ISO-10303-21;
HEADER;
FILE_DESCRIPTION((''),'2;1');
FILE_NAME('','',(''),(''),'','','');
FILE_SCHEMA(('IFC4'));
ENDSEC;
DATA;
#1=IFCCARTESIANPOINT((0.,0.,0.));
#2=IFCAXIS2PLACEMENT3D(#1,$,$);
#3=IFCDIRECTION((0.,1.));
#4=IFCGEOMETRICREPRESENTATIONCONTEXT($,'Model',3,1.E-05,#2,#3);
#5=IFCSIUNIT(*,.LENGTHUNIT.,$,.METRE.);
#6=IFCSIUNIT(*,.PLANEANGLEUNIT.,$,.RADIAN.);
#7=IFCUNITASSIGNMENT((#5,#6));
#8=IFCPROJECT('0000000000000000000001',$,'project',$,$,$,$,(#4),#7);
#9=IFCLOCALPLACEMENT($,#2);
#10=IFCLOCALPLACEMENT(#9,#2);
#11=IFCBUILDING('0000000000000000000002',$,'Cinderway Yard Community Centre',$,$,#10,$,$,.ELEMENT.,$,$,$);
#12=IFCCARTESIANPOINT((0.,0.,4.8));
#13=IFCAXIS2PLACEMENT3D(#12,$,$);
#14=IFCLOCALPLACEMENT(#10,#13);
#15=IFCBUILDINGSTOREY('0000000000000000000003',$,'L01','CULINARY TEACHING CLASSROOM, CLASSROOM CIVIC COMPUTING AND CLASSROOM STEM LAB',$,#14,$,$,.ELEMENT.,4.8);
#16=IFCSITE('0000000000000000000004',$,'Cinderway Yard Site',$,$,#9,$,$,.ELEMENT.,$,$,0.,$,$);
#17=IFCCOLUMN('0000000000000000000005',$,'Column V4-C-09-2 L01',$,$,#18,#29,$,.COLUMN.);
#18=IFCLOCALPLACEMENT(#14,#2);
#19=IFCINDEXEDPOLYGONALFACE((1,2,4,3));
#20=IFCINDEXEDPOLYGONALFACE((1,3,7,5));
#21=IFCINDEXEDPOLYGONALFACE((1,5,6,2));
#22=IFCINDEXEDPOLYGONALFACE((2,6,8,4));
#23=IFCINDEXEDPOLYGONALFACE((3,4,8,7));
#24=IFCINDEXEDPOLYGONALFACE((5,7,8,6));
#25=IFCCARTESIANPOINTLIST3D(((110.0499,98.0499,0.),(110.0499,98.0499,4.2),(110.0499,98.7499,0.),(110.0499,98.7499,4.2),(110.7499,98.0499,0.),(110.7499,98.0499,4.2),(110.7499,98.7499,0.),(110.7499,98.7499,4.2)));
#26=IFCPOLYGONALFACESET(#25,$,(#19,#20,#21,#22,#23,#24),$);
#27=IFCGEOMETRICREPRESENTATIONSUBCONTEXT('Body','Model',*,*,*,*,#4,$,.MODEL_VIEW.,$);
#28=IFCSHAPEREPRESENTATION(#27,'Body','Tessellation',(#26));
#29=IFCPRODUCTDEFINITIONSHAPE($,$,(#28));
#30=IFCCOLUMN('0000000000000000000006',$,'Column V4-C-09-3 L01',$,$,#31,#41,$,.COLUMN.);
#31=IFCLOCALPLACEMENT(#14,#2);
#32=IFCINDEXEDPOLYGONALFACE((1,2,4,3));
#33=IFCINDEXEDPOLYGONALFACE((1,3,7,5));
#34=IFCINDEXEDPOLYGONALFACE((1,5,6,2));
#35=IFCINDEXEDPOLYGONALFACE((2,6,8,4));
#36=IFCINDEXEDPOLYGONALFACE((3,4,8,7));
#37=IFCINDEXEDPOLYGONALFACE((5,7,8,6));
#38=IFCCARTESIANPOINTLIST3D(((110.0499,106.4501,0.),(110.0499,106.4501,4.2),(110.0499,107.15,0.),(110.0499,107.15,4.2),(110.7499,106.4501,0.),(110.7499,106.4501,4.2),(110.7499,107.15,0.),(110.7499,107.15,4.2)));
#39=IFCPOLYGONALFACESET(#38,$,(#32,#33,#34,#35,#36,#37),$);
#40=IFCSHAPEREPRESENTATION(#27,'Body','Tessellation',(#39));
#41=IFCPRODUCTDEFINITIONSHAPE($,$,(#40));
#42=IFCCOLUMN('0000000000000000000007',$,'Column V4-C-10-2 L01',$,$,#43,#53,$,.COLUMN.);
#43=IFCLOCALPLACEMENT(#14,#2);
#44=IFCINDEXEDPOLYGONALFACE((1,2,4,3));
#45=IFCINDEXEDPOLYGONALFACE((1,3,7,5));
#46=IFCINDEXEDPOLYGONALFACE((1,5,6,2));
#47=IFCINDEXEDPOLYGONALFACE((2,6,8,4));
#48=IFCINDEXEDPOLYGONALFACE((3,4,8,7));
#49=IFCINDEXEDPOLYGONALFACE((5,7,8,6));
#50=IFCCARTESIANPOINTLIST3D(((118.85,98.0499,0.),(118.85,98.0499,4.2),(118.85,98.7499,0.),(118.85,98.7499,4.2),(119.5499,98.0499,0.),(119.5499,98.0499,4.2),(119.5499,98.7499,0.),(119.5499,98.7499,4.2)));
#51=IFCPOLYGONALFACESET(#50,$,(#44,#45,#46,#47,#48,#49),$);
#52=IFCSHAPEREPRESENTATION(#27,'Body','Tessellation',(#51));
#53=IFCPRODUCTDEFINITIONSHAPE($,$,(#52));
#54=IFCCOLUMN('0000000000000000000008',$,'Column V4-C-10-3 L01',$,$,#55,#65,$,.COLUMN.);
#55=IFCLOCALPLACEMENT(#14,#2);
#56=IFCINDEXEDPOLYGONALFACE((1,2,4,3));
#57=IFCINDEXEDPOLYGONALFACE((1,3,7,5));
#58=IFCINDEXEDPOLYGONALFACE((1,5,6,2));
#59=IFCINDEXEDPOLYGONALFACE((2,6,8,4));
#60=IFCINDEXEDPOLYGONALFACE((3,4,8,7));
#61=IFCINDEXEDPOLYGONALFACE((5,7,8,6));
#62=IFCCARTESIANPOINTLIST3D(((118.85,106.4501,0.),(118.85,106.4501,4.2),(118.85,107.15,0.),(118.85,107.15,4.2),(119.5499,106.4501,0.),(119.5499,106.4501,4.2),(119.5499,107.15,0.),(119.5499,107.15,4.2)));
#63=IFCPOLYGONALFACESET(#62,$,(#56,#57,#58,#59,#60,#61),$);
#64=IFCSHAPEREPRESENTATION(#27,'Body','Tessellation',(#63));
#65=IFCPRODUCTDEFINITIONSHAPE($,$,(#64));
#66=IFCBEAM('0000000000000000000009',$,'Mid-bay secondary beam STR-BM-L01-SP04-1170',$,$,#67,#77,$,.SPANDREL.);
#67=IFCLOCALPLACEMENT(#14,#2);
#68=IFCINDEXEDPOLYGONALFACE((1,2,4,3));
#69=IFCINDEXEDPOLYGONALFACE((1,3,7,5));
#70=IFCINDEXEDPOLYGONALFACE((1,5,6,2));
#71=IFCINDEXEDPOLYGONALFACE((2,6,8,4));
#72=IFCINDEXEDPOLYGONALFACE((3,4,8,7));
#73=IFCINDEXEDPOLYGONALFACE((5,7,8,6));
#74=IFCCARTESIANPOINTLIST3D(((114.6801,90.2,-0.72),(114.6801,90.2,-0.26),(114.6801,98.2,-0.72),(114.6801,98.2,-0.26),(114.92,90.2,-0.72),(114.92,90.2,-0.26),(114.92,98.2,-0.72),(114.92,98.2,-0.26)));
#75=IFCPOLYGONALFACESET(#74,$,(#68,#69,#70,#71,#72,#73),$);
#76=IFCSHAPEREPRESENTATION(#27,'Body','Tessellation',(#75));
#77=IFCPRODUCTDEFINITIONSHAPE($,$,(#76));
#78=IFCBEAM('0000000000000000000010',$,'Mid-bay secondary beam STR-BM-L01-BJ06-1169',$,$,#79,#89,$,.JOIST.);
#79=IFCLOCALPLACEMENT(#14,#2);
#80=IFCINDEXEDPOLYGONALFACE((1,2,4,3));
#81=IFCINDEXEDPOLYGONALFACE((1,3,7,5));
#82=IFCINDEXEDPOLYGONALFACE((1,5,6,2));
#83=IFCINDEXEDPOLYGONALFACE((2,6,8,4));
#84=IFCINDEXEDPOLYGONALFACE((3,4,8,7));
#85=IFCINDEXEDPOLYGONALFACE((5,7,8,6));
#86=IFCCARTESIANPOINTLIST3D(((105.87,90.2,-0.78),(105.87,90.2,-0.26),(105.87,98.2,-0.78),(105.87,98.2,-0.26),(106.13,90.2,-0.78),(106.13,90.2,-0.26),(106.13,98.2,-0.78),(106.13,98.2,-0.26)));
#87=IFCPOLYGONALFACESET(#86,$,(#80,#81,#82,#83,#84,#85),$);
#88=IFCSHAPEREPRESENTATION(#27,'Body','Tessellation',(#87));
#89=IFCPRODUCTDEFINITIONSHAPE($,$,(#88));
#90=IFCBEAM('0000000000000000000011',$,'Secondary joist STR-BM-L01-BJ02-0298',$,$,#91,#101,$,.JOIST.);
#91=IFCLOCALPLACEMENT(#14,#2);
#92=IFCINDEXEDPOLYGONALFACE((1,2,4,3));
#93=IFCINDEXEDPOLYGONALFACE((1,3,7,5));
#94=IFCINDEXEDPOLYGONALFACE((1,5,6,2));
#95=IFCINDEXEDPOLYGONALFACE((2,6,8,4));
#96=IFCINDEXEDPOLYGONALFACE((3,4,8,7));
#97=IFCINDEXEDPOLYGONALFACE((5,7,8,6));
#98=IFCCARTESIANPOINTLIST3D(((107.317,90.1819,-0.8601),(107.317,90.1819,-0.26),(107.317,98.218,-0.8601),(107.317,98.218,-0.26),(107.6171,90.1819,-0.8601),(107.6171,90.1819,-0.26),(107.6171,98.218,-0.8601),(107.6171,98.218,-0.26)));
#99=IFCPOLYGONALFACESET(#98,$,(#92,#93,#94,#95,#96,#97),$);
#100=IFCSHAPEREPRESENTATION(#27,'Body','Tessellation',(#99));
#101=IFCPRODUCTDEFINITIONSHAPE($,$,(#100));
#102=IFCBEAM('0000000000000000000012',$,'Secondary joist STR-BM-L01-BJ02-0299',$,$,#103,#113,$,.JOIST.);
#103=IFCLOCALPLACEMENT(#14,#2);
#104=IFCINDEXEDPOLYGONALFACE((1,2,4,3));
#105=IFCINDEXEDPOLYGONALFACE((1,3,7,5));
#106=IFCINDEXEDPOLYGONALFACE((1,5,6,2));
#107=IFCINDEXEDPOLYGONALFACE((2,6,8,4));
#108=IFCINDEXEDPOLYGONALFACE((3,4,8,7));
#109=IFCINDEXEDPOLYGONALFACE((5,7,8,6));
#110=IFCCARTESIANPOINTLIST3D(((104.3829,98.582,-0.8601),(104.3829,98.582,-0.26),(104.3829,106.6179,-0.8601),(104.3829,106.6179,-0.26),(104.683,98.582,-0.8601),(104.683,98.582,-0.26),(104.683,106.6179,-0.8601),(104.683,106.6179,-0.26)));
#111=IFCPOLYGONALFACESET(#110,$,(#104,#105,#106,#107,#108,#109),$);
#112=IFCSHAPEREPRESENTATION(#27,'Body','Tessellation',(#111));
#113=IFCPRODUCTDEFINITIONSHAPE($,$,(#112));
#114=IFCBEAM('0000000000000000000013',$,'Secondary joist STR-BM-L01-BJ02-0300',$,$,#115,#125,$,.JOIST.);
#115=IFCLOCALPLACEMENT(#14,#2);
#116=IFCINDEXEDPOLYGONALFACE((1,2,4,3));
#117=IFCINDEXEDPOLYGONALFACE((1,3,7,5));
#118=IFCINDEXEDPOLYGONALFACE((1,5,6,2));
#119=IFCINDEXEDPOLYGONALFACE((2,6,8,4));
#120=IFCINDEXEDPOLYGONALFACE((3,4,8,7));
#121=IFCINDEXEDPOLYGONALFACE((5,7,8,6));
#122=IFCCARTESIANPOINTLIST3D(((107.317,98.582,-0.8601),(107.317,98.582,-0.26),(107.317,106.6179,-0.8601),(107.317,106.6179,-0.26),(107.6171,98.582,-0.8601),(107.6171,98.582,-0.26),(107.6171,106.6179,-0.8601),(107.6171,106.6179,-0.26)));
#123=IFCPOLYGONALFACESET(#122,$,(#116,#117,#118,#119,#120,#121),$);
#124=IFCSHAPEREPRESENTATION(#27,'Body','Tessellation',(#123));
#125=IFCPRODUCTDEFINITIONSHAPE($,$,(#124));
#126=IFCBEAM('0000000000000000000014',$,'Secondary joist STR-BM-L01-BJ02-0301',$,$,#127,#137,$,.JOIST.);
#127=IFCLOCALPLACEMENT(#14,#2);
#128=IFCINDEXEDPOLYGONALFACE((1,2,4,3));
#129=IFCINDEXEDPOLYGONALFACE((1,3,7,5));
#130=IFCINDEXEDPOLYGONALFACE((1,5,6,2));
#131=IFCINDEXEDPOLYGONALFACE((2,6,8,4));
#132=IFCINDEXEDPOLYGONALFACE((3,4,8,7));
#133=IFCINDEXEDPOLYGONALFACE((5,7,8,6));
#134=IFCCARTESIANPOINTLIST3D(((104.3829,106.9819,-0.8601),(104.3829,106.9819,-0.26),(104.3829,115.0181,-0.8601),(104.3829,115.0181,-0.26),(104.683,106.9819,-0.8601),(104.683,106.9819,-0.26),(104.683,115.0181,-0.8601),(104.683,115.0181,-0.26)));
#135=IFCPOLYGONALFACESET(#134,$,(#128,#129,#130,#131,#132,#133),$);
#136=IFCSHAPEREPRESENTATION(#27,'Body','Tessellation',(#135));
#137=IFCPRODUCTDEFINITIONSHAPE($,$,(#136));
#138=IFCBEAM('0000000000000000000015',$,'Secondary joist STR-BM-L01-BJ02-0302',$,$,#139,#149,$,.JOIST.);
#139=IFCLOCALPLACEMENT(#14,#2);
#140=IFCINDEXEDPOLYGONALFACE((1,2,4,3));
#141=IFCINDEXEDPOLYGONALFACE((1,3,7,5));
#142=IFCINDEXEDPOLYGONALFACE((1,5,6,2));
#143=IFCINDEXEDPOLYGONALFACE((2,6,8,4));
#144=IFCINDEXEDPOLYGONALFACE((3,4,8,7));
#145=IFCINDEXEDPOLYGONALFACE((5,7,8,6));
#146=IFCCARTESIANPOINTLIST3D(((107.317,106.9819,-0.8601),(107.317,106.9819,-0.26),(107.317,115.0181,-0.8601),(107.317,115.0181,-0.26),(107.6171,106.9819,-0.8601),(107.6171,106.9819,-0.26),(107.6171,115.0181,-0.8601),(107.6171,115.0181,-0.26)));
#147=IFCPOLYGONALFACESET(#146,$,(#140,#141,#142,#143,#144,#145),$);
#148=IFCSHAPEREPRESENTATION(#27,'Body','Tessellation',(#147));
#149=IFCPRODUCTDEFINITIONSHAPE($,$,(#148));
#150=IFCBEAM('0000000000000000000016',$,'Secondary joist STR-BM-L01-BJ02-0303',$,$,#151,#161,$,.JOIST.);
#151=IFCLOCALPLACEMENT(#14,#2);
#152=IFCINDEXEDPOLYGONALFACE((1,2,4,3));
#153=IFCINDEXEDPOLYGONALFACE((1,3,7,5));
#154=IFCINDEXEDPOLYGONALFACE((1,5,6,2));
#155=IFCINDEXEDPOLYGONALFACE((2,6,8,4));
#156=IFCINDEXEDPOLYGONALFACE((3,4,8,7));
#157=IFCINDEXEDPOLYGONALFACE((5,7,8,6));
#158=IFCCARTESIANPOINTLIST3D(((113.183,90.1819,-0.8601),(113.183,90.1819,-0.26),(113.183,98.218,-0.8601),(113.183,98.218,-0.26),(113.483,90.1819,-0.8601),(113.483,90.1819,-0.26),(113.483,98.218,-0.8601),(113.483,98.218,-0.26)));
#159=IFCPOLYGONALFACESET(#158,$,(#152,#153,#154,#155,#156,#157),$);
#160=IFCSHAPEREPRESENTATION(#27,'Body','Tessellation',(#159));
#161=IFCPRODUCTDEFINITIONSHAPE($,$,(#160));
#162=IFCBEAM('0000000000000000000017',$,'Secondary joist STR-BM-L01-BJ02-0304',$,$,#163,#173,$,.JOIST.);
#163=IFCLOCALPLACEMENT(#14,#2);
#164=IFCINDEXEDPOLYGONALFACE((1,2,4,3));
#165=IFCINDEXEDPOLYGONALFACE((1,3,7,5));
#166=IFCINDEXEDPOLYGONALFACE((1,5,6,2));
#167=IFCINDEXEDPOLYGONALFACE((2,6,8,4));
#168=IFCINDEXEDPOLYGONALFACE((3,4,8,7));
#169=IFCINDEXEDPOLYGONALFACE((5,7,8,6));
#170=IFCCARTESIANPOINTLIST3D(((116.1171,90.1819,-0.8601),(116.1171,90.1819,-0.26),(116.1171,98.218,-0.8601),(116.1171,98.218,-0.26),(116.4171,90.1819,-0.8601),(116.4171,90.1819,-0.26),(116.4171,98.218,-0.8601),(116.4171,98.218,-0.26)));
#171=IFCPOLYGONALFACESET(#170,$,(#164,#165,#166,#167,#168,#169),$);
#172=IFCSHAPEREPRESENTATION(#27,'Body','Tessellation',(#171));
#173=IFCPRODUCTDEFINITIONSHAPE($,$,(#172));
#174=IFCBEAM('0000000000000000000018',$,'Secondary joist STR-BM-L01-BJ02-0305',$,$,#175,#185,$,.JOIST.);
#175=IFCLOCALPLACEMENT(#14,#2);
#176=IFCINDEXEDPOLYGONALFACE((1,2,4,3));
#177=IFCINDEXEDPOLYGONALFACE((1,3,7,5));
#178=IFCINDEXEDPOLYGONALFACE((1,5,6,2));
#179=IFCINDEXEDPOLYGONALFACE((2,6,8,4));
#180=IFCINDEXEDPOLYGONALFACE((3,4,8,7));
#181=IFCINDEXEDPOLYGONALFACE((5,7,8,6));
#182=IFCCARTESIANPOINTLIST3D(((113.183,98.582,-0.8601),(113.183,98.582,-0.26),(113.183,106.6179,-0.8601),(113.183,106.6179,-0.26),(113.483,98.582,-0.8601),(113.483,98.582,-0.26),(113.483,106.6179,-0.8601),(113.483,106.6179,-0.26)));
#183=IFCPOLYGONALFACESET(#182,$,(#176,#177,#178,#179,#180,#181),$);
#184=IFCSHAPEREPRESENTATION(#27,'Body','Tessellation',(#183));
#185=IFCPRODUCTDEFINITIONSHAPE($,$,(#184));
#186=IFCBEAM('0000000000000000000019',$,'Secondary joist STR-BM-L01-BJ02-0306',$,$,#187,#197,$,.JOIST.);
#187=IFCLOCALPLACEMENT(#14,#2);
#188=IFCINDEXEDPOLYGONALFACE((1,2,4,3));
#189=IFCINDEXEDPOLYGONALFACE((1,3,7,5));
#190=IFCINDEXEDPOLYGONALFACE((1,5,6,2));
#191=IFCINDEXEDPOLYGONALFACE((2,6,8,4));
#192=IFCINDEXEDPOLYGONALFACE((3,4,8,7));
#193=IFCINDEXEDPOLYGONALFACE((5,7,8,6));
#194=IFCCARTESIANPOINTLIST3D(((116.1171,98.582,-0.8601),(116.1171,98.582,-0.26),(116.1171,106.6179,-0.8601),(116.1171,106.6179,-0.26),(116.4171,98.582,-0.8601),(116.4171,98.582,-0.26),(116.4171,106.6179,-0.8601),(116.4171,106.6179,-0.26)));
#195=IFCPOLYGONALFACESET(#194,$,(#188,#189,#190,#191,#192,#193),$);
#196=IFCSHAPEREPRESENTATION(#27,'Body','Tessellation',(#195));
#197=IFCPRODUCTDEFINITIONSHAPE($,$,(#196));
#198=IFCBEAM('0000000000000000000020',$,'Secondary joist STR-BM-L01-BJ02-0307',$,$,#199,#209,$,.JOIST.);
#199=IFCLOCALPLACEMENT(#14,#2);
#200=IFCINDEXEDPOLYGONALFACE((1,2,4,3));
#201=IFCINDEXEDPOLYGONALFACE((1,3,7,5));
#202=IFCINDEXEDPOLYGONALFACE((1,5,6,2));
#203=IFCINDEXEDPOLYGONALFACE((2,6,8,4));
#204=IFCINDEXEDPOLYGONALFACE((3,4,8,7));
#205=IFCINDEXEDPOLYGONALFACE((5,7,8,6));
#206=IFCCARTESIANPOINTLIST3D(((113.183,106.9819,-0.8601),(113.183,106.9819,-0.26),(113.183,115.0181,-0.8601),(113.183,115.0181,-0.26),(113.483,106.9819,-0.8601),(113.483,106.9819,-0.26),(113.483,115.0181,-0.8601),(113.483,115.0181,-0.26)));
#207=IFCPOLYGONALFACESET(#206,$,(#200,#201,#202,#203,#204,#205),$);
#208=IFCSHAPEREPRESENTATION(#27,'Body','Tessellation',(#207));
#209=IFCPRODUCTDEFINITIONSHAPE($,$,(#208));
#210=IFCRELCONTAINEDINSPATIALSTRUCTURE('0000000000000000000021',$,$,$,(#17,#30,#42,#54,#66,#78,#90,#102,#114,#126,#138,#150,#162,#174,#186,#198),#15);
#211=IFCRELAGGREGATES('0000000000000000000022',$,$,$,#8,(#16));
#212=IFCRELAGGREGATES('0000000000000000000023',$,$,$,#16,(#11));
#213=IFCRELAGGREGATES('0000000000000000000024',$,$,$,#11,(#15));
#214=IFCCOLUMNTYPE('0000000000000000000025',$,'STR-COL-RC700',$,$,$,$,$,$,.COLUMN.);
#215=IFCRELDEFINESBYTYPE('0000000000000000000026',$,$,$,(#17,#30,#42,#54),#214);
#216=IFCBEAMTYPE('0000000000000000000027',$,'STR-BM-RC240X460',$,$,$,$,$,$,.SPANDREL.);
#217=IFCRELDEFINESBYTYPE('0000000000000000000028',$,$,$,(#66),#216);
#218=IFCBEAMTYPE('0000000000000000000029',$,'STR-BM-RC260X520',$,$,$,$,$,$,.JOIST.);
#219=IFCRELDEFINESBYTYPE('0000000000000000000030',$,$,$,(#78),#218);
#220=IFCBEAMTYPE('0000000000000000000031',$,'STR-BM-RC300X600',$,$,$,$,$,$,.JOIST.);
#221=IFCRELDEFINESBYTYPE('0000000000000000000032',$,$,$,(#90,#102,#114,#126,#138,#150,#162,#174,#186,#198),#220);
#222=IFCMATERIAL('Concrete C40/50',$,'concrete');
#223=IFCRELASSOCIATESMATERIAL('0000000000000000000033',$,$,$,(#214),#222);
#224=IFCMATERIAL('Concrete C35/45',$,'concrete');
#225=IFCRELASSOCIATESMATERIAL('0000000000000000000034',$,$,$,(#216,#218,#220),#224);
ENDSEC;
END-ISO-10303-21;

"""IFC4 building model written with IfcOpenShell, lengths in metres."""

from ifc_helpers import new_model, si_unit, direction, frame, origin, origin_2d, place, context, subcontext, project, spatial, rectangle, extrude, material, material_profile, profile_set, type_object, element, save


model = new_model("IFC4")

# Units and contexts
model_context = context("Model", 3, precision=1e-05, world=origin(), true_north=direction((0.0, 1.0)))
body_context = subcontext(model_context, "Body", "Model", "MODEL_VIEW")
ifc_project = project(units=[si_unit("LENGTHUNIT", "METRE"), si_unit("PLANEANGLEUNIT", "RADIAN")], contexts=[model_context])

# Site, building, storey
site_placement = place(None, origin())
site = spatial("IfcSite", under=ifc_project, at=site_placement, Name="Cinderway Yard Site", CompositionType="ELEMENT", RefElevation=0.0)
building_placement = place(site_placement, origin())
building = spatial("IfcBuilding", under=site, at=building_placement, Name="Cinderway Yard Community Centre", CompositionType="ELEMENT")
storey_placement = place(building_placement, frame((0.0, 0.0, 4.8)))
storey = spatial("IfcBuildingStorey", under=building, at=storey_placement, Name="L01", Description="CULINARY TEACHING CLASSROOM, CLASSROOM CIVIC COMPUTING AND CLASSROOM STEM LAB", CompositionType="ELEMENT", Elevation=4.8)

# Columns
ifc_material_1 = material(Name="Concrete C40/50", Category="concrete")
ifc_material_profile_1 = material_profile(ifc_material_1, rectangle(XDim=0.7, YDim=0.7, at=origin_2d()), Name="Concrete C40/50")
ifc_profile_set_1 = profile_set([ifc_material_profile_1], Name="Concrete C40/50")
column_type = type_object("IfcColumnType", Name="STR-COL-RC700", PredefinedType="COLUMN", material=ifc_profile_set_1)
for number, where, z_axis, x_axis, name in (
    (1, (110.3999, 98.3999, 0.0), (0.0, 0.0, 1.0), (1.0, 0.0, 0.0), "Column V4-C-09-2 L01"),
    (2, (110.3999, 106.8, 0.0), (0.0, 0.0, 1.0), (1.0, 0.0, 0.0), "Column V4-C-09-3 L01"),
    (3, (119.2, 98.3999, 0.0), (0.0, 0.0, 1.0), (1.0, 0.0, 0.0), "Column V4-C-10-2 L01"),
    (4, (119.2, 106.8, 0.0), (0.0, 0.0, 1.0), (1.0, 0.0, 0.0), "Column V4-C-10-3 L01"),
):
    element("IfcColumn", number, at=place(storey_placement, frame(where, z_axis=z_axis, x_axis=x_axis)), inside=storey, type_object=column_type, Name=name, PredefinedType="COLUMN", context=body_context, shape_type="SweptSolid", body=[
        extrude(rectangle(XDim=0.7, YDim=0.7, at=origin_2d()), origin(), (0.0, 0.0, 1.0), 4.2),
    ])

# Beams
ifc_material_2 = material(Name="Concrete C35/45", Category="concrete")
ifc_material_profile_2 = material_profile(ifc_material_2, rectangle(XDim=0.24, YDim=0.46, at=origin_2d()), Name="Concrete C35/45")
ifc_profile_set_2 = profile_set([ifc_material_profile_2], Name="Concrete C35/45")
beam_type_1 = type_object("IfcBeamType", Name="STR-BM-RC240X460", PredefinedType="SPANDREL", material=ifc_profile_set_2)
beam_1_placement = place(storey_placement, frame((114.8, 90.2, -0.49), z_axis=(0.0, 1.0, 0.0), x_axis=(-1.0, 0.0, 0.0)))
element("IfcBeam", 5, at=beam_1_placement, inside=storey, type_object=beam_type_1, Name="Mid-bay secondary beam STR-BM-L01-SP04-1170", PredefinedType="SPANDREL", context=body_context, shape_type="SweptSolid", body=[
    extrude(rectangle(XDim=0.24, YDim=0.46, at=origin_2d()), origin(), (0.0, 0.0, 1.0), 8.0),
])
ifc_material_profile_3 = material_profile(ifc_material_2, rectangle(XDim=0.26, YDim=0.52, at=origin_2d()), Name="Concrete C35/45")
ifc_profile_set_3 = profile_set([ifc_material_profile_3], Name="Concrete C35/45")
beam_type_2 = type_object("IfcBeamType", Name="STR-BM-RC260X520", PredefinedType="JOIST", material=ifc_profile_set_3)
beam_2_placement = place(storey_placement, frame((106.0, 90.2, -0.52), z_axis=(0.0, 1.0, 0.0), x_axis=(-1.0, 0.0, 0.0)))
element("IfcBeam", 6, at=beam_2_placement, inside=storey, type_object=beam_type_2, Name="Mid-bay secondary beam STR-BM-L01-BJ06-1169", PredefinedType="JOIST", context=body_context, shape_type="SweptSolid", body=[
    extrude(rectangle(XDim=0.26, YDim=0.52, at=origin_2d()), origin(), (0.0, 0.0, 1.0), 8.0),
])
ifc_material_profile_4 = material_profile(ifc_material_2, rectangle(XDim=0.3, YDim=0.6001, at=origin_2d()), Name="Concrete C35/45")
ifc_profile_set_4 = profile_set([ifc_material_profile_4], Name="Concrete C35/45")
beam_type_3 = type_object("IfcBeamType", Name="STR-BM-RC300X600", PredefinedType="JOIST", material=ifc_profile_set_4)
beam_3_placement = place(storey_placement, frame((107.467, 90.1819, -0.5601), z_axis=(0.0, 1.0, 0.0), x_axis=(-1.0, 0.0, 0.0)))
element("IfcBeam", 7, at=beam_3_placement, inside=storey, type_object=beam_type_3, Name="Secondary joist STR-BM-L01-BJ02-0298", PredefinedType="JOIST", context=body_context, shape_type="SweptSolid", body=[
    extrude(rectangle(XDim=0.3, YDim=0.6001, at=origin_2d()), origin(), (0.0, 0.0, 1.0), 8.0361),
])
for number, where, z_axis, x_axis, name in (
    (8, (104.533, 98.582, -0.5601), (0.0, 1.0, 0.0), (-1.0, 0.0, 0.0), "Secondary joist STR-BM-L01-BJ02-0299"),
    (9, (107.467, 98.582, -0.5601), (0.0, 1.0, 0.0), (-1.0, 0.0, 0.0), "Secondary joist STR-BM-L01-BJ02-0300"),
):
    element("IfcBeam", number, at=place(storey_placement, frame(where, z_axis=z_axis, x_axis=x_axis)), inside=storey, type_object=beam_type_3, Name=name, PredefinedType="JOIST", context=body_context, shape_type="SweptSolid", body=[
        extrude(rectangle(XDim=0.3, YDim=0.6001, at=origin_2d()), origin(), (0.0, 0.0, 1.0), 8.0359),
    ])
for number, where, z_axis, x_axis, name in (
    (10, (104.533, 106.9819, -0.5601), (0.0, 1.0, 0.0), (-1.0, 0.0, 0.0), "Secondary joist STR-BM-L01-BJ02-0301"),
    (11, (107.467, 106.9819, -0.5601), (0.0, 1.0, 0.0), (-1.0, 0.0, 0.0), "Secondary joist STR-BM-L01-BJ02-0302"),
    (12, (113.333, 90.1819, -0.5601), (0.0, 1.0, 0.0), (-1.0, 0.0, 0.0), "Secondary joist STR-BM-L01-BJ02-0303"),
    (13, (116.2671, 90.1819, -0.5601), (0.0, 1.0, 0.0), (-1.0, 0.0, 0.0), "Secondary joist STR-BM-L01-BJ02-0304"),
):
    element("IfcBeam", number, at=place(storey_placement, frame(where, z_axis=z_axis, x_axis=x_axis)), inside=storey, type_object=beam_type_3, Name=name, PredefinedType="JOIST", context=body_context, shape_type="SweptSolid", body=[
        extrude(rectangle(XDim=0.3, YDim=0.6001, at=origin_2d()), origin(), (0.0, 0.0, 1.0), 8.0361),
    ])
for number, where, z_axis, x_axis, name in (
    (14, (113.333, 98.582, -0.5601), (0.0, 1.0, 0.0), (-1.0, 0.0, 0.0), "Secondary joist STR-BM-L01-BJ02-0305"),
    (15, (116.2671, 98.582, -0.5601), (0.0, 1.0, 0.0), (-1.0, 0.0, 0.0), "Secondary joist STR-BM-L01-BJ02-0306"),
):
    element("IfcBeam", number, at=place(storey_placement, frame(where, z_axis=z_axis, x_axis=x_axis)), inside=storey, type_object=beam_type_3, Name=name, PredefinedType="JOIST", context=body_context, shape_type="SweptSolid", body=[
        extrude(rectangle(XDim=0.3, YDim=0.6001, at=origin_2d()), origin(), (0.0, 0.0, 1.0), 8.0359),
    ])
beam_4_placement = place(storey_placement, frame((113.333, 106.9819, -0.5601), z_axis=(0.0, 1.0, 0.0), x_axis=(-1.0, 0.0, 0.0)))
element("IfcBeam", 16, at=beam_4_placement, inside=storey, type_object=beam_type_3, Name="Secondary joist STR-BM-L01-BJ02-0307", PredefinedType="JOIST", context=body_context, shape_type="SweptSolid", body=[
    extrude(rectangle(XDim=0.3, YDim=0.6001, at=origin_2d()), origin(), (0.0, 0.0, 1.0), 8.0361),
])

save(model, "model.ifc")
